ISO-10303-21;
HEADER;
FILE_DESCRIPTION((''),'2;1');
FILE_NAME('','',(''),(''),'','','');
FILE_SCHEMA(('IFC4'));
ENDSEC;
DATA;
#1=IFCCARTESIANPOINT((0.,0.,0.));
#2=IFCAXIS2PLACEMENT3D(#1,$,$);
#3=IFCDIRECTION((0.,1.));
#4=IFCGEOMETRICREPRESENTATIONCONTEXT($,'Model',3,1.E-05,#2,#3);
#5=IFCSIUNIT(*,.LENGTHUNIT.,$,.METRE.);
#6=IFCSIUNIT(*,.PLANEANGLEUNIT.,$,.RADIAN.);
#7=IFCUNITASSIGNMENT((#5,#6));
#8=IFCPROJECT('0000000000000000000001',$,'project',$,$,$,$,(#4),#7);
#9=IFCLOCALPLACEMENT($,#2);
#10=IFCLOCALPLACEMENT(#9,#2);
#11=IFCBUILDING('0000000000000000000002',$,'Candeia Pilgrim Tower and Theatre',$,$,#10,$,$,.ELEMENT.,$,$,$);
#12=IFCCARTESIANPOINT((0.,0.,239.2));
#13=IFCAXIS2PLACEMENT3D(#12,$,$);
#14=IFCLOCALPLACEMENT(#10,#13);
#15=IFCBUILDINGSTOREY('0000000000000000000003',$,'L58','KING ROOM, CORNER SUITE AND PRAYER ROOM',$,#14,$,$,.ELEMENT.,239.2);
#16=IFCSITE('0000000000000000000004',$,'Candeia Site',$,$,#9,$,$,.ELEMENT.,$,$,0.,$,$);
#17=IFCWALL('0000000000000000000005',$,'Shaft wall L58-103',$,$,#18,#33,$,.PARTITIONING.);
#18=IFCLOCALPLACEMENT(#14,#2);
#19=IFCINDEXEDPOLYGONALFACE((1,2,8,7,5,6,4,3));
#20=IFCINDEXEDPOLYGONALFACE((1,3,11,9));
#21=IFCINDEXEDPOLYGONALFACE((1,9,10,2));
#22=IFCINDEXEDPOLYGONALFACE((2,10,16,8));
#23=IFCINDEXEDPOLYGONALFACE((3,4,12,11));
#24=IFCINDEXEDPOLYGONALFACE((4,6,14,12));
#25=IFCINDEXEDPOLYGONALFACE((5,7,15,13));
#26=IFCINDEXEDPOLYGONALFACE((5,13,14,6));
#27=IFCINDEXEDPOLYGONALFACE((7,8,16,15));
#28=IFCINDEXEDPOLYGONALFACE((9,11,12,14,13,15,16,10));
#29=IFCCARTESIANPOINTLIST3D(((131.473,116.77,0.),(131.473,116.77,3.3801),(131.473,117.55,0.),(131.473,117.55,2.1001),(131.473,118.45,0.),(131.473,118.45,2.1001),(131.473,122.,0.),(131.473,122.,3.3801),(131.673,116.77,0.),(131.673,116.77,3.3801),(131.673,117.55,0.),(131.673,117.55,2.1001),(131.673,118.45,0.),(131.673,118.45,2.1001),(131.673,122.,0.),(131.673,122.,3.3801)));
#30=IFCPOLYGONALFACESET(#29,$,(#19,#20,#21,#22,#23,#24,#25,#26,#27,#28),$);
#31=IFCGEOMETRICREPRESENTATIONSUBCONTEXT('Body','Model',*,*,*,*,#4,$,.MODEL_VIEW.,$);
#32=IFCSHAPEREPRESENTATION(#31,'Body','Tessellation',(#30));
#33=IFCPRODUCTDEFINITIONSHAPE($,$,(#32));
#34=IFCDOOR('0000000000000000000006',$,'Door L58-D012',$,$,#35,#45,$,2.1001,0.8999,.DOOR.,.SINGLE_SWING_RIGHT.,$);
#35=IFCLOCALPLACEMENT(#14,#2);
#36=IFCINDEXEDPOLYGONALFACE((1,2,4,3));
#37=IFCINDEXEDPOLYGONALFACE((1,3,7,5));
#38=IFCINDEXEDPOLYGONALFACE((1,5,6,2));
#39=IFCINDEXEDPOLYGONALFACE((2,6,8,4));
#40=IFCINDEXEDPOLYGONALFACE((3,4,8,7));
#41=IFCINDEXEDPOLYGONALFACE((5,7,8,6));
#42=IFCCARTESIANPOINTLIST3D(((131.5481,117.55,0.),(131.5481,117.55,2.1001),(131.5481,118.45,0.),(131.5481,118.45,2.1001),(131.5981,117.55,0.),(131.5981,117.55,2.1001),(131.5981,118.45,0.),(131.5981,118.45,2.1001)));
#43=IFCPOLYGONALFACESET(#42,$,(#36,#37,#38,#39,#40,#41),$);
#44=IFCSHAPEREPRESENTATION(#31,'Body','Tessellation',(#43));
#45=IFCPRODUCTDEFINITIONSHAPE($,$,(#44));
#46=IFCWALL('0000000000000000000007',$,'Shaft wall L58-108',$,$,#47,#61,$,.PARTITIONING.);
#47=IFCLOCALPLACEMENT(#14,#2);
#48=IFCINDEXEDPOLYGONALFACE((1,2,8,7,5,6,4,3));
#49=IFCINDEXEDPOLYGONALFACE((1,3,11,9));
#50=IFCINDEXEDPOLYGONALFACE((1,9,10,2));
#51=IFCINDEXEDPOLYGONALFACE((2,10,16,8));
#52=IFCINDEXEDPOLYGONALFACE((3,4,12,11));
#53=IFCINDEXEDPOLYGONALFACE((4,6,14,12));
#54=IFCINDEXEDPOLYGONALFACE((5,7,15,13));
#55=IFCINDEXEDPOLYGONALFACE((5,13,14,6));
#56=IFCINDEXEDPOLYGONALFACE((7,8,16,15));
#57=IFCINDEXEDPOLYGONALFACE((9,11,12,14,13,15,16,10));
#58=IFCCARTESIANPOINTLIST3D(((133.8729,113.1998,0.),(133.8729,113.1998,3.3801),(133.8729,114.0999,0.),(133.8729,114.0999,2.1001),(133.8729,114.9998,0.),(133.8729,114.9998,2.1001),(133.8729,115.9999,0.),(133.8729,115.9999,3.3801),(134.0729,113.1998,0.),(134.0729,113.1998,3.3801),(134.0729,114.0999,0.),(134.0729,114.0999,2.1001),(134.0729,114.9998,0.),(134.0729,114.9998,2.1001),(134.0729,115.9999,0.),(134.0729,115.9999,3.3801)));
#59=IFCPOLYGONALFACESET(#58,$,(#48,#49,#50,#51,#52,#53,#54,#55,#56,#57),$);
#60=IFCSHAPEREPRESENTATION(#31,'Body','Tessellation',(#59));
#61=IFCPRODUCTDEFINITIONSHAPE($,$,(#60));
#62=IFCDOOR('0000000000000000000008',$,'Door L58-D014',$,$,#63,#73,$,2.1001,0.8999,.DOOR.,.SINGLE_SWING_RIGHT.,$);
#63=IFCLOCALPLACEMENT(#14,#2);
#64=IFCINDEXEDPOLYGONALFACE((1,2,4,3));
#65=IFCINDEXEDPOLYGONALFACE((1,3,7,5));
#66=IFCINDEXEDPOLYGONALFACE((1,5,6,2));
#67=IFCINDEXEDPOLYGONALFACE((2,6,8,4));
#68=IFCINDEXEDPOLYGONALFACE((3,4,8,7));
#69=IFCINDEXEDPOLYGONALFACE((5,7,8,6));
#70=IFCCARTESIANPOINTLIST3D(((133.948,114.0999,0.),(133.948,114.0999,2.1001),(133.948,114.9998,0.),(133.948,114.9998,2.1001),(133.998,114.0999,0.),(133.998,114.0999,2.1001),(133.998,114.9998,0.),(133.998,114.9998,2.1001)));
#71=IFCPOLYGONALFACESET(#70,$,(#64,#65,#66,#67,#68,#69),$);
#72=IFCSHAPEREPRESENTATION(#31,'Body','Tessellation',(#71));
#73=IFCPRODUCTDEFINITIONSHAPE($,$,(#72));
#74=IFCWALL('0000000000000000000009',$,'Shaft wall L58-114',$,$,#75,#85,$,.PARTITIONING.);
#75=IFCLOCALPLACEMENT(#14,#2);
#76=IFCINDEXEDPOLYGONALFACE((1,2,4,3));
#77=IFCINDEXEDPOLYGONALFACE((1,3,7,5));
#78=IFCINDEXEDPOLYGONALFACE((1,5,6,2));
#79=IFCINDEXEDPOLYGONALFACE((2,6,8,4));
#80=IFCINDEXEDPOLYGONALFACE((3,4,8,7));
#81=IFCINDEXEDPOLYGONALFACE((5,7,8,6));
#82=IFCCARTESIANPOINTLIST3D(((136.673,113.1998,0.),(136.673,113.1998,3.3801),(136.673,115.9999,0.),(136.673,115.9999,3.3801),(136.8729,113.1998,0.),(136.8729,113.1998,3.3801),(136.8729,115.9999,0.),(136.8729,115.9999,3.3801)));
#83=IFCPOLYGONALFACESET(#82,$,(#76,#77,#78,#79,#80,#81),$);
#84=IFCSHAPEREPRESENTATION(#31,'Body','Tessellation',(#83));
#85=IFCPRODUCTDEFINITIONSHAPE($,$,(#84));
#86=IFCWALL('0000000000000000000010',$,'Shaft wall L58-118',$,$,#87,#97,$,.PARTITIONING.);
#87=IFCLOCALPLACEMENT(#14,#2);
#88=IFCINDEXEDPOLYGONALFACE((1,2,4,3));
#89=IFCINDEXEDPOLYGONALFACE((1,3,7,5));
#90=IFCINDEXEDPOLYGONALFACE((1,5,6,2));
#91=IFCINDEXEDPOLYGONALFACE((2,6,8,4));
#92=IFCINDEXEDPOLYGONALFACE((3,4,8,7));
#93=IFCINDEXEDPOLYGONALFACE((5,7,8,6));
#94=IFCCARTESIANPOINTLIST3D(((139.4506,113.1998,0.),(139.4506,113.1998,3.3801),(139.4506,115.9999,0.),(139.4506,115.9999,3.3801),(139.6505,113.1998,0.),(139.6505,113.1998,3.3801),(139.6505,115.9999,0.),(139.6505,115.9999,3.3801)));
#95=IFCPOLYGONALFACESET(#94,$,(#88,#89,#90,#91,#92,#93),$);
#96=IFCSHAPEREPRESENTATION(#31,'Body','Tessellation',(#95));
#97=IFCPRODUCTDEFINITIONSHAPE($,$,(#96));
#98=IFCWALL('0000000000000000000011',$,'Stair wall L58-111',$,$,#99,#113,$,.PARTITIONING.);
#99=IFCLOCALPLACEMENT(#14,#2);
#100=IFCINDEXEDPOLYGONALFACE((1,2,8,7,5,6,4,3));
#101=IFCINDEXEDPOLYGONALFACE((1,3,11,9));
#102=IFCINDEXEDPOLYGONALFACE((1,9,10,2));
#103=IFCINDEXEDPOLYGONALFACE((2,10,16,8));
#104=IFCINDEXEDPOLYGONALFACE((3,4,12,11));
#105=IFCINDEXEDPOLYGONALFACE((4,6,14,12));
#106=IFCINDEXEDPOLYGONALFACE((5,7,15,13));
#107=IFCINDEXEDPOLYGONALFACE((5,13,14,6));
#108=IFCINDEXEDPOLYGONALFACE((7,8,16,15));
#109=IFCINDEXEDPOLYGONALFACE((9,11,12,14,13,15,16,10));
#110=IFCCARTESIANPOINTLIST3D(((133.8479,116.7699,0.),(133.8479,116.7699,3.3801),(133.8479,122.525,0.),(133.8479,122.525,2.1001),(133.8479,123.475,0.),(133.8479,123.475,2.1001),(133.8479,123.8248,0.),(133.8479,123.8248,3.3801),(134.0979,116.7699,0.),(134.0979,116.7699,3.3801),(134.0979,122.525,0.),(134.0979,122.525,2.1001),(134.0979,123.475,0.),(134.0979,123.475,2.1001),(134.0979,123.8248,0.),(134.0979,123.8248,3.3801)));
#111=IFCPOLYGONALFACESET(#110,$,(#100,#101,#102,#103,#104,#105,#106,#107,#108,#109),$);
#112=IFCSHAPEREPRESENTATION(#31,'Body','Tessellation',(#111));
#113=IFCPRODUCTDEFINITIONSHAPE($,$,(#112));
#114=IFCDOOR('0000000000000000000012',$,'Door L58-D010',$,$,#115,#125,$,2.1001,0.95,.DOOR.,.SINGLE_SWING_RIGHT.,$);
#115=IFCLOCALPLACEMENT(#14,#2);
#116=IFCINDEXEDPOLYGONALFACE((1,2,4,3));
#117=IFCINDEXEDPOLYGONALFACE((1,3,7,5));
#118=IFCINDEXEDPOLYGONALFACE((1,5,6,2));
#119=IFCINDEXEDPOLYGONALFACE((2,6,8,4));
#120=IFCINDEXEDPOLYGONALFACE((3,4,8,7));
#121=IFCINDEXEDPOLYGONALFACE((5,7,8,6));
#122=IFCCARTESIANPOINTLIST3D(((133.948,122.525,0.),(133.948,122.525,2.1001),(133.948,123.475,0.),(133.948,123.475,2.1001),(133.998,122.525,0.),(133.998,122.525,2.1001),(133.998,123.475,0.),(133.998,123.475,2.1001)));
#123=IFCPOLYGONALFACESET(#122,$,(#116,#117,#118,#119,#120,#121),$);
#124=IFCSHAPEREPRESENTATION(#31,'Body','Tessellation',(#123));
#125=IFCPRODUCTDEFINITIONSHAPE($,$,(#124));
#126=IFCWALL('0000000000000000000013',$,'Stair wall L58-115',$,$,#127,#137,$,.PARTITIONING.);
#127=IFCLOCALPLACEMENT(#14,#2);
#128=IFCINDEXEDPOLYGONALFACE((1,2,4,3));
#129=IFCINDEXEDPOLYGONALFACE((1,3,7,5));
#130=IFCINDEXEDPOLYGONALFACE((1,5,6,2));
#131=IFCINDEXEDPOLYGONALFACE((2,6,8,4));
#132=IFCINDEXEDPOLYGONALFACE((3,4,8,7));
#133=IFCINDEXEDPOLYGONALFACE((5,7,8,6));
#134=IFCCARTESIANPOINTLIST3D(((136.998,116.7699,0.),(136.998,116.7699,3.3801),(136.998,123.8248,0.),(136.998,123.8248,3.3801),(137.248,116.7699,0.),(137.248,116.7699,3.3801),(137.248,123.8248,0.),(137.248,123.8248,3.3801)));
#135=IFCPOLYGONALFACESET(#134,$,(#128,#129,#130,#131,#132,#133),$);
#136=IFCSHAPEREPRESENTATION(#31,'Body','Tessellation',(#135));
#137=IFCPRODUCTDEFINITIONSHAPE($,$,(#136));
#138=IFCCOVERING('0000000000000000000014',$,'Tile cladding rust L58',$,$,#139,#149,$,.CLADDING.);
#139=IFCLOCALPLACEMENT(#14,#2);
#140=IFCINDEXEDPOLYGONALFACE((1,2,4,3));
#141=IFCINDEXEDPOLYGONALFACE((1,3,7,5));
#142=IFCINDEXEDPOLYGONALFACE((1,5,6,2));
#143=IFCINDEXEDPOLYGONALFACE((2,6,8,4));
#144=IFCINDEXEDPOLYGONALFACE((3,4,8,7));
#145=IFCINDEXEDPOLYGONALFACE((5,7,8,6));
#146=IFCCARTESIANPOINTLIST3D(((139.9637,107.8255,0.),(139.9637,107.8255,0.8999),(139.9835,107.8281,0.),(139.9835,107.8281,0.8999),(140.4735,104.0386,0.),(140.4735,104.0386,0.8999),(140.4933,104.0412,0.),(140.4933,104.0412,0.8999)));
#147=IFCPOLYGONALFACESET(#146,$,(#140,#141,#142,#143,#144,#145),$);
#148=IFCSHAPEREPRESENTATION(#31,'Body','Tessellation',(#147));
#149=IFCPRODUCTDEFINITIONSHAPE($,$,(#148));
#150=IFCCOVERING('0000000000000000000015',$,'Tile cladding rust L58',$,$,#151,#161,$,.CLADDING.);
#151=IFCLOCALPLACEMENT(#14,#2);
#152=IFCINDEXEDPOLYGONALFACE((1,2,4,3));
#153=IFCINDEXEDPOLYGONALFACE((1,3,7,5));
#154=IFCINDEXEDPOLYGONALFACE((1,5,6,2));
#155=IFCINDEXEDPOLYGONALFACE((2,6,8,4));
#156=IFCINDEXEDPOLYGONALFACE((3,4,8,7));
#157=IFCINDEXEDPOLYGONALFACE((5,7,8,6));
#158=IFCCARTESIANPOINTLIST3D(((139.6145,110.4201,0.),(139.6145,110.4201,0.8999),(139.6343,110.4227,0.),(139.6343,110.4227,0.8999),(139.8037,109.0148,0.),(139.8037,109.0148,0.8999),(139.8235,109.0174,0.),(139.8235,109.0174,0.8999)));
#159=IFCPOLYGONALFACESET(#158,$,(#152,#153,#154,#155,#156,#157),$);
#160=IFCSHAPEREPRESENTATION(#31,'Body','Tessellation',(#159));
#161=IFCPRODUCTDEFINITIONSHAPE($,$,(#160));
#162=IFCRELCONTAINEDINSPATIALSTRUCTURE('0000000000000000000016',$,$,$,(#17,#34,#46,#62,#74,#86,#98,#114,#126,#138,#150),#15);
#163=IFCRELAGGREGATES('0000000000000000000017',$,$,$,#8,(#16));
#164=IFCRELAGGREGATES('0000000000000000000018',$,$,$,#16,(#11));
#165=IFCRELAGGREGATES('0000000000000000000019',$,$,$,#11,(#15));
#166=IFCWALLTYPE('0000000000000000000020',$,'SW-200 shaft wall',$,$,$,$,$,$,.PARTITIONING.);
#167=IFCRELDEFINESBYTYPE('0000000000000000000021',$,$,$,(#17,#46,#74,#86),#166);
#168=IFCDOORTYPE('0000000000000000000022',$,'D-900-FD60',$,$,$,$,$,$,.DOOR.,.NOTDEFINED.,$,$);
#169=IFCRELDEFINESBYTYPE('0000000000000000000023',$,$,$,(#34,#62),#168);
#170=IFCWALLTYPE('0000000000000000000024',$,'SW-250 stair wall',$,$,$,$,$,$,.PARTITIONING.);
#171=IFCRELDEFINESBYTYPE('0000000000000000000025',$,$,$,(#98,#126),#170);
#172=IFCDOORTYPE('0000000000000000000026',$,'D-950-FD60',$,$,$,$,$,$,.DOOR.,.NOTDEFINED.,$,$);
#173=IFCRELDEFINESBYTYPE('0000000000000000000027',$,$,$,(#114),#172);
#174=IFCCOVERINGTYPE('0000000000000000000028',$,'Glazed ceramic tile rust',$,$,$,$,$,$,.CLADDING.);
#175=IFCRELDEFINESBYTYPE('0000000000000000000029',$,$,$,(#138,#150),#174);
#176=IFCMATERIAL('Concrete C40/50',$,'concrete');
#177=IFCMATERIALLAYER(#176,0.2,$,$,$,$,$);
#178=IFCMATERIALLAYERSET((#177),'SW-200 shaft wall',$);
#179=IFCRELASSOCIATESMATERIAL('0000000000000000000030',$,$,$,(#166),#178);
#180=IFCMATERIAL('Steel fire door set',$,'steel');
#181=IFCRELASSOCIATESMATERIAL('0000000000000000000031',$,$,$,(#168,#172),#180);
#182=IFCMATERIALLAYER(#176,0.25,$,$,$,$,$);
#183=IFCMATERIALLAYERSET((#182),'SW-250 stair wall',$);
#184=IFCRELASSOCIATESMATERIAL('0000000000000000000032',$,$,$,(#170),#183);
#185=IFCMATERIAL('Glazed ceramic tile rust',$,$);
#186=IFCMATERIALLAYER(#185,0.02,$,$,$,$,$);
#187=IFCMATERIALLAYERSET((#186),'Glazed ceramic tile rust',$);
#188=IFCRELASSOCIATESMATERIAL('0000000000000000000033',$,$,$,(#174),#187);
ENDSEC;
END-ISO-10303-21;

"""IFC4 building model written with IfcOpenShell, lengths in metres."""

from ifc_helpers import new_model, si_unit, direction, frame, frame_2d, origin, origin_2d, place, context, subcontext, project, spatial, rectangle, extrude, material, layer, layer_set, type_object, element, fill, save


model = new_model("IFC4")

# Units and contexts
model_context = context("Model", 3, precision=1e-05, world=origin(), true_north=direction((0.0, 1.0)))
body_context = subcontext(model_context, "Body", "Model", "MODEL_VIEW")
ifc_project = project(units=[si_unit("LENGTHUNIT", "METRE"), si_unit("PLANEANGLEUNIT", "RADIAN")], contexts=[model_context])

# Site, building, storey
site_placement = place(None, origin())
site = spatial("IfcSite", under=ifc_project, at=site_placement, Name="Candeia Site", CompositionType="ELEMENT", RefElevation=0.0)
building_placement = place(site_placement, origin())
building = spatial("IfcBuilding", under=site, at=building_placement, Name="Candeia Pilgrim Tower and Theatre", CompositionType="ELEMENT")
storey_placement = place(building_placement, frame((0.0, 0.0, 239.2)))
storey = spatial("IfcBuildingStorey", under=building, at=storey_placement, Name="L58", Description="KING ROOM, CORNER SUITE AND PRAYER ROOM", CompositionType="ELEMENT", Elevation=239.2)

# Shared definitions
ifc_material_1 = material(Name="Steel fire door set", Category="steel")

# Walls, openings, doors
ifc_material_2 = material(Name="Concrete C40/50", Category="concrete")
ifc_layer_1 = layer(ifc_material_2, 0.2)
ifc_layer_set_1 = layer_set([ifc_layer_1], Name="SW-200 shaft wall")
wall_type_1 = type_object("IfcWallType", Name="SW-200 shaft wall", PredefinedType="PARTITIONING", material=ifc_layer_set_1)
door_type_1 = type_object("IfcDoorType", Name="D-900-FD60", OperationType="NOTDEFINED", PredefinedType="DOOR", material=ifc_material_1)
wall_1_placement = place(storey_placement, frame((131.573, 116.77, 0.0), z_axis=(0.0, 0.0, 1.0), x_axis=(0.0, 1.0, 0.0)))
wall_1 = element("IfcWall", 1, at=wall_1_placement, inside=storey, type_object=wall_type_1, Name="Shaft wall L58-103", PredefinedType="PARTITIONING", context=body_context, shape_type="SweptSolid", body=[
    extrude(rectangle(XDim=5.23, YDim=0.2, at=frame_2d((2.615, 0.0))), origin(), (0.0, 0.0, 1.0), 3.3801),
])
opening_1_placement = place(wall_1_placement, frame((0.78, 0.0, 0.0)))
opening_1 = element("IfcOpeningElement", 2, at=opening_1_placement, cuts=wall_1, PredefinedType="OPENING", context=body_context, shape_type="SweptSolid", body=[
    extrude(rectangle(XDim=0.8999, YDim=2.1001, at=frame_2d((0.45, 1.05))), frame((0.0, 0.1099, 0.0), z_axis=(0.0, -1.0, 0.0), x_axis=(1.0, 0.0, 0.0)), (0.0, 0.0, 1.0), 0.22),
])
door_1_placement = place(opening_1_placement, origin())
door_1 = element("IfcDoor", 3, at=door_1_placement, inside=storey, type_object=door_type_1, Name="Door L58-D012", OperationType="SINGLE_SWING_RIGHT", OverallHeight=2.1001, OverallWidth=0.8999, PredefinedType="DOOR", context=body_context, shape_type="SweptSolid", body=[
    extrude(rectangle(XDim=0.8999, YDim=2.1001, at=frame_2d((0.45, 1.05))), frame((0.0, 0.0249, 0.0), z_axis=(0.0, -1.0, 0.0), x_axis=(1.0, 0.0, 0.0)), (0.0, 0.0, 1.0), 0.05),
])
fill(opening_1, door_1)
wall_2_placement = place(storey_placement, frame((133.9729, 113.2, 0.0), z_axis=(0.0, 0.0, 1.0), x_axis=(0.0, 1.0, 0.0)))
wall_2 = element("IfcWall", 4, at=wall_2_placement, inside=storey, type_object=wall_type_1, Name="Shaft wall L58-108", PredefinedType="PARTITIONING", context=body_context, shape_type="SweptSolid", body=[
    extrude(rectangle(XDim=2.8, YDim=0.2, at=frame_2d((1.3999, 0.0))), origin(), (0.0, 0.0, 1.0), 3.3801),
])
opening_2_placement = place(wall_2_placement, frame((0.8999, 0.0, 0.0)))
opening_2 = element("IfcOpeningElement", 5, at=opening_2_placement, cuts=wall_2, PredefinedType="OPENING", context=body_context, shape_type="SweptSolid", body=[
    extrude(rectangle(XDim=0.8999, YDim=2.1001, at=frame_2d((0.45, 1.05))), frame((0.0, 0.1099, 0.0), z_axis=(0.0, -1.0, 0.0), x_axis=(1.0, 0.0, 0.0)), (0.0, 0.0, 1.0), 0.22),
])
door_2_placement = place(opening_2_placement, origin())
door_2 = element("IfcDoor", 6, at=door_2_placement, inside=storey, type_object=door_type_1, Name="Door L58-D014", OperationType="SINGLE_SWING_RIGHT", OverallHeight=2.1001, OverallWidth=0.8999, PredefinedType="DOOR", context=body_context, shape_type="SweptSolid", body=[
    extrude(rectangle(XDim=0.8999, YDim=2.1001, at=frame_2d((0.45, 1.05))), frame((0.0, 0.0249, 0.0), z_axis=(0.0, -1.0, 0.0), x_axis=(1.0, 0.0, 0.0)), (0.0, 0.0, 1.0), 0.05),
])
fill(opening_2, door_2)

# Walls
for number, where, z_axis, x_axis, name in (
    (7, (136.7729, 113.2, 0.0), (0.0, 0.0, 1.0), (0.0, 1.0, 0.0), "Shaft wall L58-114"),
    (8, (139.5505, 113.2, 0.0), (0.0, 0.0, 1.0), (0.0, 1.0, 0.0), "Shaft wall L58-118"),
):
    element("IfcWall", number, at=place(storey_placement, frame(where, z_axis=z_axis, x_axis=x_axis)), inside=storey, type_object=wall_type_1, Name=name, PredefinedType="PARTITIONING", context=body_context, shape_type="SweptSolid", body=[
        extrude(rectangle(XDim=2.8, YDim=0.2, at=frame_2d((1.3999, 0.0))), origin(), (0.0, 0.0, 1.0), 3.3801),
    ])

# Wall, opening, door
ifc_layer_2 = layer(ifc_material_2, 0.25)
ifc_layer_set_2 = layer_set([ifc_layer_2], Name="SW-250 stair wall")
wall_type_2 = type_object("IfcWallType", Name="SW-250 stair wall", PredefinedType="PARTITIONING", material=ifc_layer_set_2)
wall_3_placement = place(storey_placement, frame((133.9729, 116.77, 0.0), z_axis=(0.0, 0.0, 1.0), x_axis=(0.0, 1.0, 0.0)))
wall_3 = element("IfcWall", 9, at=wall_3_placement, inside=storey, type_object=wall_type_2, Name="Stair wall L58-111", PredefinedType="PARTITIONING", context=body_context, shape_type="SweptSolid", body=[
    extrude(rectangle(XDim=7.0549, YDim=0.25, at=frame_2d((3.5273, 0.0))), origin(), (0.0, 0.0, 1.0), 3.3801),
])
opening_3_placement = place(wall_3_placement, frame((5.7549, 0.0, 0.0)))
opening_3 = element("IfcOpeningElement", 10, at=opening_3_placement, cuts=wall_3, PredefinedType="OPENING", context=body_context, shape_type="SweptSolid", body=[
    extrude(rectangle(XDim=0.95, YDim=2.1001, at=frame_2d((0.4751, 1.05))), frame((0.0, 0.135, 0.0), z_axis=(0.0, -1.0, 0.0), x_axis=(1.0, 0.0, 0.0)), (0.0, 0.0, 1.0), 0.27),
])
door_type_2 = type_object("IfcDoorType", Name="D-950-FD60", OperationType="NOTDEFINED", PredefinedType="DOOR", material=ifc_material_1)
door_3_placement = place(opening_3_placement, origin())
door_3 = element("IfcDoor", 11, at=door_3_placement, inside=storey, type_object=door_type_2, Name="Door L58-D010", OperationType="SINGLE_SWING_RIGHT", OverallHeight=2.1001, OverallWidth=0.95, PredefinedType="DOOR", context=body_context, shape_type="SweptSolid", body=[
    extrude(rectangle(XDim=0.95, YDim=2.1001, at=frame_2d((0.4751, 1.05))), frame((0.0, 0.0249, 0.0), z_axis=(0.0, -1.0, 0.0), x_axis=(1.0, 0.0, 0.0)), (0.0, 0.0, 1.0), 0.05),
])
fill(opening_3, door_3)

# Wall
wall_4_placement = place(storey_placement, frame((137.123, 116.77, 0.0), z_axis=(0.0, 0.0, 1.0), x_axis=(0.0, 1.0, 0.0)))
element("IfcWall", 12, at=wall_4_placement, inside=storey, type_object=wall_type_2, Name="Stair wall L58-115", PredefinedType="PARTITIONING", context=body_context, shape_type="SweptSolid", body=[
    extrude(rectangle(XDim=7.0549, YDim=0.25, at=frame_2d((3.5273, 0.0))), origin(), (0.0, 0.0, 1.0), 3.3801),
])

# Coverings
ifc_material_3 = material(Name="Glazed ceramic tile rust")
ifc_layer_3 = layer(ifc_material_3, 0.02)
ifc_layer_set_3 = layer_set([ifc_layer_3], Name="Glazed ceramic tile rust")
covering_type = type_object("IfcCoveringType", Name="Glazed ceramic tile rust", PredefinedType="CLADDING", material=ifc_layer_set_3)
covering_1_placement = place(storey_placement, frame((140.2285, 105.9333, 0.0), z_axis=(0.0, 0.0, 1.0), x_axis=(-0.133412, 0.991061, 0.0)))
element("IfcCovering", 13, at=covering_1_placement, inside=storey, type_object=covering_type, Name="Tile cladding rust L58", PredefinedType="CLADDING", context=body_context, shape_type="SweptSolid", body=[
    extrude(rectangle(XDim=3.821, YDim=0.02, at=origin_2d()), origin(), (0.0, 0.0, 1.0), 0.8999),
])
covering_2_placement = place(storey_placement, frame((139.719, 109.7188, 0.0), z_axis=(0.0, 0.0, 1.0), x_axis=(-0.133412, 0.991061, 0.0)))
element("IfcCovering", 14, at=covering_2_placement, inside=storey, type_object=covering_type, Name="Tile cladding rust L58", PredefinedType="CLADDING", context=body_context, shape_type="SweptSolid", body=[
    extrude(rectangle(XDim=1.418, YDim=0.02, at=origin_2d()), origin(), (0.0, 0.0, 1.0), 0.8999),
])

save(model, "model.ifc")
